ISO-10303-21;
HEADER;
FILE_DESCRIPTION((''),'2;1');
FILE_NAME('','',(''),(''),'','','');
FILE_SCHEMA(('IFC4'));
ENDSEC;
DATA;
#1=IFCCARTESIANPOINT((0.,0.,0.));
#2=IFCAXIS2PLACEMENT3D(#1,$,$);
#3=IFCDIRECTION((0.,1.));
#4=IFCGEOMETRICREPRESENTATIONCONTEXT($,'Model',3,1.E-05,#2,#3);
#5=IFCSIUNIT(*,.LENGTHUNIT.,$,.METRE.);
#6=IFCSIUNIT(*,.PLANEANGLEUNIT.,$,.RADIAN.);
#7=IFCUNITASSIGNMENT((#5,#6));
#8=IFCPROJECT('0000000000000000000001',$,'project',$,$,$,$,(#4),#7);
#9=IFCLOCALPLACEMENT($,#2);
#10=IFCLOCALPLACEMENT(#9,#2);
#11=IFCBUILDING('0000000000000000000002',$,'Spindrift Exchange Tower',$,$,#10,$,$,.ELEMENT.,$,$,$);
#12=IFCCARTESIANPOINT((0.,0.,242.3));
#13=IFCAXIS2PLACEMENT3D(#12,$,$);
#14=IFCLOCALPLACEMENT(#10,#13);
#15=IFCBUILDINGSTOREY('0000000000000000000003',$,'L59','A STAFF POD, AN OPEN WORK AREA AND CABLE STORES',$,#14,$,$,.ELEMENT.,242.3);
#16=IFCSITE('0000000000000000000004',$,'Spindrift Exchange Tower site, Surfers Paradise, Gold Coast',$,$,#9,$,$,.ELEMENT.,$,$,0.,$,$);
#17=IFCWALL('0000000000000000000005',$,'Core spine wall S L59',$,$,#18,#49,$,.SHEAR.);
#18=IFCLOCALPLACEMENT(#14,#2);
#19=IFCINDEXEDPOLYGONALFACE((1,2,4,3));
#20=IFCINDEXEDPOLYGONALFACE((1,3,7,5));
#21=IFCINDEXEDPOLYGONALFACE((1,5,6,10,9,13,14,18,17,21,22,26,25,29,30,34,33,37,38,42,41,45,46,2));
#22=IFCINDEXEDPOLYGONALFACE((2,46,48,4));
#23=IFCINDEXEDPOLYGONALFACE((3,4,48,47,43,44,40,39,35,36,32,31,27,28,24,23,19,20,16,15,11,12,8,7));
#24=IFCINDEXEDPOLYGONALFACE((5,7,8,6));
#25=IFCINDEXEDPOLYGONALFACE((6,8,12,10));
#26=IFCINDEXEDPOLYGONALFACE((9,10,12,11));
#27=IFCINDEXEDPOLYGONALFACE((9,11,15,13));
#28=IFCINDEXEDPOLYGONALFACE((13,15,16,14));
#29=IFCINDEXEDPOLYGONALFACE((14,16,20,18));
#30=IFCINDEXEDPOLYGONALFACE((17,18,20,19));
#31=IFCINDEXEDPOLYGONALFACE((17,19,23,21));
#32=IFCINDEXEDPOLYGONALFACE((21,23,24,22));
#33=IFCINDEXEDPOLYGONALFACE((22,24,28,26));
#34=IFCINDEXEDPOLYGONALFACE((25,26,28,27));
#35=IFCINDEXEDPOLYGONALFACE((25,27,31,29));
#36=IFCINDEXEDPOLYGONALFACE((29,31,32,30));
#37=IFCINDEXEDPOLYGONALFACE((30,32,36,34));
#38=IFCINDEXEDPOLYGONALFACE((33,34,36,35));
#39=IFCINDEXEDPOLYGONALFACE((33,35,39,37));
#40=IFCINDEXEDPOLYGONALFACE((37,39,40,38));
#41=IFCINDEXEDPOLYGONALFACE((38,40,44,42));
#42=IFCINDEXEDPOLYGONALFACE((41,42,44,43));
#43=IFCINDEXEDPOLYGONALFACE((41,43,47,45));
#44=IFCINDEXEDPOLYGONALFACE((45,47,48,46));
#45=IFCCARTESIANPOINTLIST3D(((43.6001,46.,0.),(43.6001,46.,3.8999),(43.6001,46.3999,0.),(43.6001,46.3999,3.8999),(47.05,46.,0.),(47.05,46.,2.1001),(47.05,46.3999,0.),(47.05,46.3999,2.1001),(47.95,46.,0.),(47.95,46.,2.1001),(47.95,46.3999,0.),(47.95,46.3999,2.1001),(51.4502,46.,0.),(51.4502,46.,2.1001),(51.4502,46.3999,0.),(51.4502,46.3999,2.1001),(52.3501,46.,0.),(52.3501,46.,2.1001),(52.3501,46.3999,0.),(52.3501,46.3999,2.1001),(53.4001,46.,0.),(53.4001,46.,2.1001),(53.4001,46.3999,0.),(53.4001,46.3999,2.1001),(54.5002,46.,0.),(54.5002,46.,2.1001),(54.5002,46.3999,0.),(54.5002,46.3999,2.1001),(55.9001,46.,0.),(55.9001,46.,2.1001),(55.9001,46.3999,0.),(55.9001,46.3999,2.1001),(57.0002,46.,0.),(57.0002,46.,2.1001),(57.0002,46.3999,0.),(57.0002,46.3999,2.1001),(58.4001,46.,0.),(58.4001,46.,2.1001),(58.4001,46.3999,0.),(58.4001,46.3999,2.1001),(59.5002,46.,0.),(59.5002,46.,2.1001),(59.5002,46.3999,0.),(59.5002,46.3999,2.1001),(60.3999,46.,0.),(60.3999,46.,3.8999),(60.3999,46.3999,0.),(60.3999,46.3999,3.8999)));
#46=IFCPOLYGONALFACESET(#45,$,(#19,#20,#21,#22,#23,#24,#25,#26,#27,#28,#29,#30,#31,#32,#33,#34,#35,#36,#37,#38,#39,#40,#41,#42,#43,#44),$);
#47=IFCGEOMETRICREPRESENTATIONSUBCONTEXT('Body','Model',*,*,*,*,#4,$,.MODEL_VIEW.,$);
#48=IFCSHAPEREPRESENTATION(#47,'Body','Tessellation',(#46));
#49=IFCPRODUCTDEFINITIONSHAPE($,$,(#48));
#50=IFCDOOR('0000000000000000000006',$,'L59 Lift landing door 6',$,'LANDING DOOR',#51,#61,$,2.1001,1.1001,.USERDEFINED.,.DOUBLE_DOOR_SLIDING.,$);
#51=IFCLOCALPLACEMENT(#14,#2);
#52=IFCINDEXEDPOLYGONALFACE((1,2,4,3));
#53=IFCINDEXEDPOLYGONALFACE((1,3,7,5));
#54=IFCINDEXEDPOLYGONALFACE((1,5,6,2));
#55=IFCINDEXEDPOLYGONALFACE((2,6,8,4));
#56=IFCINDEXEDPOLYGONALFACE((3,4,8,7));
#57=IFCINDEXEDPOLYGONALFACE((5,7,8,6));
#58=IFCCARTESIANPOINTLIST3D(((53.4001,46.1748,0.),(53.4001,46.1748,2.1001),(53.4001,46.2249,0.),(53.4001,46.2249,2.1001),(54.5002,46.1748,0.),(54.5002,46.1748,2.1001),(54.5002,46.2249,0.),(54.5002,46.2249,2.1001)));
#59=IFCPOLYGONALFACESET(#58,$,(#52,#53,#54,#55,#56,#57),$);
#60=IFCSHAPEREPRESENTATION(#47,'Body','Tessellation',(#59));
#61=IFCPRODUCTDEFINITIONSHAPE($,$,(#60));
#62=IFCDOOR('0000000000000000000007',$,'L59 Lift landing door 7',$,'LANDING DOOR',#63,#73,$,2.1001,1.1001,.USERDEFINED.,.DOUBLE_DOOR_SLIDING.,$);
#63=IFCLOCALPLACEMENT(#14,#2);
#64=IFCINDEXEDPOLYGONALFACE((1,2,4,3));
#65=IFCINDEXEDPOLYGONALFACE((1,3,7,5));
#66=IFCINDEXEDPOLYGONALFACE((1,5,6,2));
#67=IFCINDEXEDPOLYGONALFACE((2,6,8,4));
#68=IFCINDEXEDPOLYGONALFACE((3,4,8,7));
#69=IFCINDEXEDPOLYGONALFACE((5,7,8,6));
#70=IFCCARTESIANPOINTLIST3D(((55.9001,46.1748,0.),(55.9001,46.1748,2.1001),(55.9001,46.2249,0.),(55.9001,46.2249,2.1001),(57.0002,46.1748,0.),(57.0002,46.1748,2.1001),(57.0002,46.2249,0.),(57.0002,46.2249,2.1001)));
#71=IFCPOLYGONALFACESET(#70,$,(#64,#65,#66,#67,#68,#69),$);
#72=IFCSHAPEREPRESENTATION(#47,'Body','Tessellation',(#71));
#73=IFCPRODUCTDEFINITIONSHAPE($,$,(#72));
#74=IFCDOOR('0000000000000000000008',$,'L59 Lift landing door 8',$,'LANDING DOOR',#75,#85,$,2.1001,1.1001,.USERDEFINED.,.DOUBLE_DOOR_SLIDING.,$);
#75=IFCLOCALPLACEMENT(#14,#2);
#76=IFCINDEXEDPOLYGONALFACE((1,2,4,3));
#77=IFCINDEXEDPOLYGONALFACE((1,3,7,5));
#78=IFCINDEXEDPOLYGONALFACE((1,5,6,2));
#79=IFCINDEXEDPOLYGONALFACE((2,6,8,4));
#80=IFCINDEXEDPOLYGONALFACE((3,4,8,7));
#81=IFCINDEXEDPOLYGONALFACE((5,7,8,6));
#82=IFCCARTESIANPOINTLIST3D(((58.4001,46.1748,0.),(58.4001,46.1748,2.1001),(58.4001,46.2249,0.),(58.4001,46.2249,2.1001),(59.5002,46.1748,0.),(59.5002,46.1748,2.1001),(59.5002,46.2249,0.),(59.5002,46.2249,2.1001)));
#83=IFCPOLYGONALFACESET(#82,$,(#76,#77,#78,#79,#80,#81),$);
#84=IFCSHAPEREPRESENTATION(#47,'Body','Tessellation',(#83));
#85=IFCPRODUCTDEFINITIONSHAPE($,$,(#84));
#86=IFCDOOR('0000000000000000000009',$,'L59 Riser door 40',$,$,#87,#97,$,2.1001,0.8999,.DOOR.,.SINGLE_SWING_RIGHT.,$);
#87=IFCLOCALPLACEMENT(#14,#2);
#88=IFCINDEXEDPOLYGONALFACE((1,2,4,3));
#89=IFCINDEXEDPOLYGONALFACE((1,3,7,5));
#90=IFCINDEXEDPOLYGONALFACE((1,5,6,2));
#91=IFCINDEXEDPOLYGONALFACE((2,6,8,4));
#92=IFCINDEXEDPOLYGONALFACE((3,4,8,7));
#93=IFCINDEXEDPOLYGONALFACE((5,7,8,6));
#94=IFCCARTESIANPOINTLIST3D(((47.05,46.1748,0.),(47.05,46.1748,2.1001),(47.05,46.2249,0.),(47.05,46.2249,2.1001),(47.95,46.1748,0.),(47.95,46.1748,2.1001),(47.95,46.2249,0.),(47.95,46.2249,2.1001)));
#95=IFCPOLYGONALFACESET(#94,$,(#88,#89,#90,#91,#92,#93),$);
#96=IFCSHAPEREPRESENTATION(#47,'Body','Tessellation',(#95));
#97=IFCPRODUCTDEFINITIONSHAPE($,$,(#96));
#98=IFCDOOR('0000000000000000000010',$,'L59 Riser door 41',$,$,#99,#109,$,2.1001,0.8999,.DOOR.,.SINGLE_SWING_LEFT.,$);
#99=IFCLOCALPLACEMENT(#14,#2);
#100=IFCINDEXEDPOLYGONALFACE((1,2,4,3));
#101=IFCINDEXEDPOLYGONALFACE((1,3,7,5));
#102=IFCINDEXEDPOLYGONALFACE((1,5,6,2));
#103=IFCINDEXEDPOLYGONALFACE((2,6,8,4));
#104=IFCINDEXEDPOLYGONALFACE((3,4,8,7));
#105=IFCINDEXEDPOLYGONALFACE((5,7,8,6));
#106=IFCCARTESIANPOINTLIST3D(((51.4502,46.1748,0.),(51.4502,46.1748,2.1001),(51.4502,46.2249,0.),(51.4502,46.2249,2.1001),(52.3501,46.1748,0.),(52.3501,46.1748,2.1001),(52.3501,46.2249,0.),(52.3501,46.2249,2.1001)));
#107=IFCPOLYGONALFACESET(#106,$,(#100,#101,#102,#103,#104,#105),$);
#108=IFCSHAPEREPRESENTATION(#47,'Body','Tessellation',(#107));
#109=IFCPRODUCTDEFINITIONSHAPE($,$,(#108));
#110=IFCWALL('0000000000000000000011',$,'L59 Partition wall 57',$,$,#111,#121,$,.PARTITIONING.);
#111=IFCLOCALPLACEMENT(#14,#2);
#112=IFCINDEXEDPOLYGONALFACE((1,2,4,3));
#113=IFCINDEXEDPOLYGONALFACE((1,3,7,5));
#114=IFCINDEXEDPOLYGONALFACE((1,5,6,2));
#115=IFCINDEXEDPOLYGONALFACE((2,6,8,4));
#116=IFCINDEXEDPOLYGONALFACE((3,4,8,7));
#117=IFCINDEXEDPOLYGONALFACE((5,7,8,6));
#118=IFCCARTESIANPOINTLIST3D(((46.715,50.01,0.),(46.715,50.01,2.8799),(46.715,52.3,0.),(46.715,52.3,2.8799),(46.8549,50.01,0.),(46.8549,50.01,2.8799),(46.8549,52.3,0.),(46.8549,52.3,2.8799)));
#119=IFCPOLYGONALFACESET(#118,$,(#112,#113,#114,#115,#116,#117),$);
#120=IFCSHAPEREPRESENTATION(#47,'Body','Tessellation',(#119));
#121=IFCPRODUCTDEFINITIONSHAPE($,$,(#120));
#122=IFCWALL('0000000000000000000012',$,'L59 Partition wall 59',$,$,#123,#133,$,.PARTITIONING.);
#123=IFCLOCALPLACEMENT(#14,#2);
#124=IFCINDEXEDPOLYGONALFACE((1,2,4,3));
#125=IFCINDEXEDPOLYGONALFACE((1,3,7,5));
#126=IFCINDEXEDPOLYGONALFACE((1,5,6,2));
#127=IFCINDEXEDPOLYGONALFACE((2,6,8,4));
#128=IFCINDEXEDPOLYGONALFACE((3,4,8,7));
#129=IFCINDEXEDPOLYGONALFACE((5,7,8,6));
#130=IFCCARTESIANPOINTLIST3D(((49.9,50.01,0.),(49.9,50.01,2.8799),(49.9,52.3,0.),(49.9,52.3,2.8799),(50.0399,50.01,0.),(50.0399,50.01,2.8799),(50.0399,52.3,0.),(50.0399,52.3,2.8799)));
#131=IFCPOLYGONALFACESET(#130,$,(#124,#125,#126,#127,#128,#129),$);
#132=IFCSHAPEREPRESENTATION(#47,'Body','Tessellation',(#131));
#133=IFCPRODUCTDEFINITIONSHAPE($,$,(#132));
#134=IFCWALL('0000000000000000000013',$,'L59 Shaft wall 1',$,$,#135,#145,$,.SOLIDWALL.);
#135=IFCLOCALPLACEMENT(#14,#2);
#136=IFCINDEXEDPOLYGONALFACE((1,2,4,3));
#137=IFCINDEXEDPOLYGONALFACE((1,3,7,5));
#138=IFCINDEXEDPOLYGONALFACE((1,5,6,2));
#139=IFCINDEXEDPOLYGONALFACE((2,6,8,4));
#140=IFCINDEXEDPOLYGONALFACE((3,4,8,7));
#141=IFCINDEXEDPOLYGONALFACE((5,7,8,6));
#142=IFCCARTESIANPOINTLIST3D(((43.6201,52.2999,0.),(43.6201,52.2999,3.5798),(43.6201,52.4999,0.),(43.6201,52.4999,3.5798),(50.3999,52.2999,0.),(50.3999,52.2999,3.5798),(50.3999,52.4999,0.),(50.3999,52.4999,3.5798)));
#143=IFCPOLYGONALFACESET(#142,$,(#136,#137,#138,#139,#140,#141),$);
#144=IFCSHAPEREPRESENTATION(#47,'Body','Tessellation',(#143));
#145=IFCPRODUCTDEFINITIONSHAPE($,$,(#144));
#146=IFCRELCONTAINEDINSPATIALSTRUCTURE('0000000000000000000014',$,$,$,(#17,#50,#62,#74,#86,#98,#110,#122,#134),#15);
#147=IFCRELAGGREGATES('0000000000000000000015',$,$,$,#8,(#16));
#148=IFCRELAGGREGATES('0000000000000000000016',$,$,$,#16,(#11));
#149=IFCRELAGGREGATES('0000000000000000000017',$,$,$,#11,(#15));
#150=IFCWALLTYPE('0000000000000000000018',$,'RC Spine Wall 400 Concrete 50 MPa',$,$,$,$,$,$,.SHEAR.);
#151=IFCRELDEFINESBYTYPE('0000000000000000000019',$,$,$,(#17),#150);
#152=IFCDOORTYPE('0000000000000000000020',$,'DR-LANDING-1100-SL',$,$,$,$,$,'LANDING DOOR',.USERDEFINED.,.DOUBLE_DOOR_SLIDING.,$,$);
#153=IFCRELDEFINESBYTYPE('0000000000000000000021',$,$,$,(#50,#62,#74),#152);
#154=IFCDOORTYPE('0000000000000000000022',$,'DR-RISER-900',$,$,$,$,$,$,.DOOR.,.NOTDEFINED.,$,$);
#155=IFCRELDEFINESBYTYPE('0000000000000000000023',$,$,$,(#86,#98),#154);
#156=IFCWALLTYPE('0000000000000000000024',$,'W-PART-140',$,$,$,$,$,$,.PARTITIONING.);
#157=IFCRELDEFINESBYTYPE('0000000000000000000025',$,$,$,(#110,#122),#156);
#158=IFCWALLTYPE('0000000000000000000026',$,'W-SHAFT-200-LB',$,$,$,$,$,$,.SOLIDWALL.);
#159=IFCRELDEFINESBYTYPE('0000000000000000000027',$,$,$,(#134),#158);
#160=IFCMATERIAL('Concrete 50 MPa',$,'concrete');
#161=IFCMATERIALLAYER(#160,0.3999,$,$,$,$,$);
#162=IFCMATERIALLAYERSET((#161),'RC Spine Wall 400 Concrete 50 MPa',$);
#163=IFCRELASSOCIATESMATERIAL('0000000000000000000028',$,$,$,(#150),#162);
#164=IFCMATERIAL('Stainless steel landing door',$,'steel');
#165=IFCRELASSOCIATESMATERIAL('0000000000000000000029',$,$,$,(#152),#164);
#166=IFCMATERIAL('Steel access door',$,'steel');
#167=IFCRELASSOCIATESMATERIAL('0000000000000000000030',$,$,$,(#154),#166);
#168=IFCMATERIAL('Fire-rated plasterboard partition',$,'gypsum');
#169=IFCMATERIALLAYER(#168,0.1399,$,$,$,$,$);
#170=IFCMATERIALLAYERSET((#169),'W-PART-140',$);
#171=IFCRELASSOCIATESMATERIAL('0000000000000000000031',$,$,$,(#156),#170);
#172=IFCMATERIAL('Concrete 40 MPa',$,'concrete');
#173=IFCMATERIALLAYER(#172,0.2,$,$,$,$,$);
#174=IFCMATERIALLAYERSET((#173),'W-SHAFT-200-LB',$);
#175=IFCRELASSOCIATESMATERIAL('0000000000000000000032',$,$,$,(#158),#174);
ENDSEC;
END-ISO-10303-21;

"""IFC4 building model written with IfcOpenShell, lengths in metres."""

from ifc_helpers import new_model, si_unit, direction, frame, frame_2d, origin, place, context, subcontext, project, spatial, rectangle, extrude, source, transform, mapped, material, layer, layer_set, type_object, element, fill, save


model = new_model("IFC4")

# Units and contexts
model_context = context("Model", 3, precision=1e-05, world=origin(), true_north=direction((0.0, 1.0)))
body_context = subcontext(model_context, "Body", "Model", "MODEL_VIEW")
ifc_project = project(units=[si_unit("LENGTHUNIT", "METRE"), si_unit("PLANEANGLEUNIT", "RADIAN")], contexts=[model_context])

# Site, building, storey
site_placement = place(None, origin())
site = spatial("IfcSite", under=ifc_project, at=site_placement, Name="Spindrift Exchange Tower site, Surfers Paradise, Gold Coast", CompositionType="ELEMENT", RefElevation=0.0)
building_placement = place(site_placement, origin())
building = spatial("IfcBuilding", under=site, at=building_placement, Name="Spindrift Exchange Tower", CompositionType="ELEMENT")
storey_placement = place(building_placement, frame((0.0, 0.0, 242.3)))
storey = spatial("IfcBuildingStorey", under=building, at=storey_placement, Name="L59", Description="A STAFF POD, AN OPEN WORK AREA AND CABLE STORES", CompositionType="ELEMENT", Elevation=242.3)

# Wall, openings, doors
ifc_material_1 = material(Name="Concrete 50 MPa", Category="concrete")
ifc_layer_1 = layer(ifc_material_1, 0.3999)
ifc_layer_set_1 = layer_set([ifc_layer_1], Name="RC Spine Wall 400 Concrete 50 MPa")
wall_type_1 = type_object("IfcWallType", Name="RC Spine Wall 400 Concrete 50 MPa", PredefinedType="SHEAR", material=ifc_layer_set_1)
ifc_material_2 = material(Name="Stainless steel landing door", Category="steel")
door_type_1 = type_object("IfcDoorType", Name="DR-LANDING-1100-SL", ElementType="LANDING DOOR", OperationType="DOUBLE_DOOR_SLIDING", PredefinedType="USERDEFINED", material=ifc_material_2)
shared_shape_1 = source(origin(), body_context, "Body", "SweptSolid", [
    extrude(rectangle(XDim=1.1001, YDim=2.1001, at=frame_2d((0.55, 1.05))), frame((0.0, 0.0249, 0.0), z_axis=(0.0, -1.0, 0.0), x_axis=(1.0, 0.0, 0.0)), (0.0, 0.0, 1.0), 0.05),
])
ifc_material_3 = material(Name="Steel access door", Category="steel")
door_type_2 = type_object("IfcDoorType", Name="DR-RISER-900", OperationType="NOTDEFINED", PredefinedType="DOOR", material=ifc_material_3)
shared_shape_2 = source(origin(), body_context, "Body", "SweptSolid", [
    extrude(rectangle(XDim=0.8999, YDim=2.1001, at=frame_2d((0.45, 1.05))), frame((0.0, 0.0249, 0.0), z_axis=(0.0, -1.0, 0.0), x_axis=(1.0, 0.0, 0.0)), (0.0, 0.0, 1.0), 0.05),
])
wall_1_placement = place(storey_placement, frame((43.6001, 46.2, 0.0), z_axis=(0.0, 0.0, 1.0), x_axis=(1.0, 0.0, 0.0)))
wall_1 = element("IfcWall", 1, at=wall_1_placement, inside=storey, type_object=wall_type_1, Name="Core spine wall S L59", PredefinedType="SHEAR", context=body_context, shape_type="SweptSolid", body=[
    extrude(rectangle(XDim=16.7998, YDim=0.3999, at=frame_2d((8.3999, 0.0))), origin(), (0.0, 0.0, 1.0), 3.8999),
])
opening_1_placement = place(wall_1_placement, frame((9.8, 0.0, 0.0)))
opening_1 = element("IfcOpeningElement", 2, at=opening_1_placement, cuts=wall_1, PredefinedType="OPENING", context=body_context, shape_type="SweptSolid", body=[
    extrude(rectangle(XDim=1.1001, YDim=2.1001, at=frame_2d((0.55, 1.05))), frame((0.0, 0.21, 0.0), z_axis=(0.0, -1.0, 0.0), x_axis=(1.0, 0.0, 0.0)), (0.0, 0.0, 1.0), 0.4199),
])
opening_2_placement = place(wall_1_placement, frame((12.3, 0.0, 0.0)))
opening_2 = element("IfcOpeningElement", 3, at=opening_2_placement, cuts=wall_1, PredefinedType="OPENING", context=body_context, shape_type="SweptSolid", body=[
    extrude(rectangle(XDim=1.1001, YDim=2.1001, at=frame_2d((0.55, 1.05))), frame((0.0, 0.21, 0.0), z_axis=(0.0, -1.0, 0.0), x_axis=(1.0, 0.0, 0.0)), (0.0, 0.0, 1.0), 0.4199),
])
opening_3_placement = place(wall_1_placement, frame((14.8, 0.0, 0.0)))
opening_3 = element("IfcOpeningElement", 4, at=opening_3_placement, cuts=wall_1, PredefinedType="OPENING", context=body_context, shape_type="SweptSolid", body=[
    extrude(rectangle(XDim=1.1001, YDim=2.1001, at=frame_2d((0.55, 1.05))), frame((0.0, 0.21, 0.0), z_axis=(0.0, -1.0, 0.0), x_axis=(1.0, 0.0, 0.0)), (0.0, 0.0, 1.0), 0.4199),
])
opening_4_placement = place(wall_1_placement, frame((3.45, 0.0, 0.0)))
opening_4 = element("IfcOpeningElement", 5, at=opening_4_placement, cuts=wall_1, PredefinedType="OPENING", context=body_context, shape_type="SweptSolid", body=[
    extrude(rectangle(XDim=0.8999, YDim=2.1001, at=frame_2d((0.45, 1.05))), frame((0.0, 0.21, 0.0), z_axis=(0.0, -1.0, 0.0), x_axis=(1.0, 0.0, 0.0)), (0.0, 0.0, 1.0), 0.4199),
])
opening_5_placement = place(wall_1_placement, frame((7.8501, 0.0, 0.0)))
opening_5 = element("IfcOpeningElement", 6, at=opening_5_placement, cuts=wall_1, PredefinedType="OPENING", context=body_context, shape_type="SweptSolid", body=[
    extrude(rectangle(XDim=0.8999, YDim=2.1001, at=frame_2d((0.45, 1.05))), frame((0.0, 0.21, 0.0), z_axis=(0.0, -1.0, 0.0), x_axis=(1.0, 0.0, 0.0)), (0.0, 0.0, 1.0), 0.4199),
])
door_1_placement = place(opening_1_placement, origin())
door_1 = element("IfcDoor", 7, at=door_1_placement, inside=storey, type_object=door_type_1, Name="L59 Lift landing door 6", ObjectType="LANDING DOOR", OperationType="DOUBLE_DOOR_SLIDING", OverallHeight=2.1001, OverallWidth=1.1001, PredefinedType="USERDEFINED", context=body_context, shape_type="MappedRepresentation", body=[
    mapped(shared_shape_1, transform((0.0, 0.0, 0.0), scale=1.0)),
])
fill(opening_1, door_1)
door_2_placement = place(opening_2_placement, origin())
door_2 = element("IfcDoor", 8, at=door_2_placement, inside=storey, type_object=door_type_1, Name="L59 Lift landing door 7", ObjectType="LANDING DOOR", OperationType="DOUBLE_DOOR_SLIDING", OverallHeight=2.1001, OverallWidth=1.1001, PredefinedType="USERDEFINED", context=body_context, shape_type="MappedRepresentation", body=[
    mapped(shared_shape_1, transform((0.0, 0.0, 0.0), scale=1.0)),
])
fill(opening_2, door_2)
door_3_placement = place(opening_3_placement, origin())
door_3 = element("IfcDoor", 9, at=door_3_placement, inside=storey, type_object=door_type_1, Name="L59 Lift landing door 8", ObjectType="LANDING DOOR", OperationType="DOUBLE_DOOR_SLIDING", OverallHeight=2.1001, OverallWidth=1.1001, PredefinedType="USERDEFINED", context=body_context, shape_type="MappedRepresentation", body=[
    mapped(shared_shape_1, transform((0.0, 0.0, 0.0), scale=1.0)),
])
fill(opening_3, door_3)
door_4_placement = place(opening_4_placement, origin())
door_4 = element("IfcDoor", 10, at=door_4_placement, inside=storey, type_object=door_type_2, Name="L59 Riser door 40", OperationType="SINGLE_SWING_RIGHT", OverallHeight=2.1001, OverallWidth=0.8999, PredefinedType="DOOR", context=body_context, shape_type="MappedRepresentation", body=[
    mapped(shared_shape_2, transform((0.0, 0.0, 0.0), scale=1.0)),
])
fill(opening_4, door_4)
door_5_placement = place(opening_5_placement, origin())
door_5 = element("IfcDoor", 11, at=door_5_placement, inside=storey, type_object=door_type_2, Name="L59 Riser door 41", OperationType="SINGLE_SWING_LEFT", OverallHeight=2.1001, OverallWidth=0.8999, PredefinedType="DOOR", context=body_context, shape_type="MappedRepresentation", body=[
    mapped(shared_shape_2, transform((0.0, 0.0, 0.0), scale=1.0)),
])
fill(opening_5, door_5)

# Walls
ifc_material_4 = material(Name="Fire-rated plasterboard partition", Category="gypsum")
ifc_layer_2 = layer(ifc_material_4, 0.1399)
ifc_layer_set_2 = layer_set([ifc_layer_2], Name="W-PART-140")
wall_type_2 = type_object("IfcWallType", Name="W-PART-140", PredefinedType="PARTITIONING", material=ifc_layer_set_2)
for number, where, z_axis, x_axis, name in (
    (12, (46.7849, 50.01, 0.0), (0.0, 0.0, 1.0), (0.0, 1.0, 0.0), "L59 Partition wall 57"),
    (13, (49.97, 50.01, 0.0), (0.0, 0.0, 1.0), (0.0, 1.0, 0.0), "L59 Partition wall 59"),
):
    element("IfcWall", number, at=place(storey_placement, frame(where, z_axis=z_axis, x_axis=x_axis)), inside=storey, type_object=wall_type_2, Name=name, PredefinedType="PARTITIONING", context=body_context, shape_type="SweptSolid", body=[
        extrude(rectangle(XDim=2.29, YDim=0.1399, at=frame_2d((1.145, 0.0))), origin(), (0.0, 0.0, 1.0), 2.8799),
    ])
ifc_material_5 = material(Name="Concrete 40 MPa", Category="concrete")
ifc_layer_3 = layer(ifc_material_5, 0.2)
ifc_layer_set_3 = layer_set([ifc_layer_3], Name="W-SHAFT-200-LB")
wall_type_3 = type_object("IfcWallType", Name="W-SHAFT-200-LB", PredefinedType="SOLIDWALL", material=ifc_layer_set_3)
wall_2_placement = place(storey_placement, frame((43.6201, 52.3999, 0.0), z_axis=(0.0, 0.0, 1.0), x_axis=(1.0, 0.0, 0.0)))
element("IfcWall", 14, at=wall_2_placement, inside=storey, type_object=wall_type_3, Name="L59 Shaft wall 1", PredefinedType="SOLIDWALL", context=body_context, shape_type="SweptSolid", body=[
    extrude(rectangle(XDim=6.7798, YDim=0.2, at=frame_2d((3.3899, 0.0))), origin(), (0.0, 0.0, 1.0), 3.5798),
])

save(model, "model.ifc")
